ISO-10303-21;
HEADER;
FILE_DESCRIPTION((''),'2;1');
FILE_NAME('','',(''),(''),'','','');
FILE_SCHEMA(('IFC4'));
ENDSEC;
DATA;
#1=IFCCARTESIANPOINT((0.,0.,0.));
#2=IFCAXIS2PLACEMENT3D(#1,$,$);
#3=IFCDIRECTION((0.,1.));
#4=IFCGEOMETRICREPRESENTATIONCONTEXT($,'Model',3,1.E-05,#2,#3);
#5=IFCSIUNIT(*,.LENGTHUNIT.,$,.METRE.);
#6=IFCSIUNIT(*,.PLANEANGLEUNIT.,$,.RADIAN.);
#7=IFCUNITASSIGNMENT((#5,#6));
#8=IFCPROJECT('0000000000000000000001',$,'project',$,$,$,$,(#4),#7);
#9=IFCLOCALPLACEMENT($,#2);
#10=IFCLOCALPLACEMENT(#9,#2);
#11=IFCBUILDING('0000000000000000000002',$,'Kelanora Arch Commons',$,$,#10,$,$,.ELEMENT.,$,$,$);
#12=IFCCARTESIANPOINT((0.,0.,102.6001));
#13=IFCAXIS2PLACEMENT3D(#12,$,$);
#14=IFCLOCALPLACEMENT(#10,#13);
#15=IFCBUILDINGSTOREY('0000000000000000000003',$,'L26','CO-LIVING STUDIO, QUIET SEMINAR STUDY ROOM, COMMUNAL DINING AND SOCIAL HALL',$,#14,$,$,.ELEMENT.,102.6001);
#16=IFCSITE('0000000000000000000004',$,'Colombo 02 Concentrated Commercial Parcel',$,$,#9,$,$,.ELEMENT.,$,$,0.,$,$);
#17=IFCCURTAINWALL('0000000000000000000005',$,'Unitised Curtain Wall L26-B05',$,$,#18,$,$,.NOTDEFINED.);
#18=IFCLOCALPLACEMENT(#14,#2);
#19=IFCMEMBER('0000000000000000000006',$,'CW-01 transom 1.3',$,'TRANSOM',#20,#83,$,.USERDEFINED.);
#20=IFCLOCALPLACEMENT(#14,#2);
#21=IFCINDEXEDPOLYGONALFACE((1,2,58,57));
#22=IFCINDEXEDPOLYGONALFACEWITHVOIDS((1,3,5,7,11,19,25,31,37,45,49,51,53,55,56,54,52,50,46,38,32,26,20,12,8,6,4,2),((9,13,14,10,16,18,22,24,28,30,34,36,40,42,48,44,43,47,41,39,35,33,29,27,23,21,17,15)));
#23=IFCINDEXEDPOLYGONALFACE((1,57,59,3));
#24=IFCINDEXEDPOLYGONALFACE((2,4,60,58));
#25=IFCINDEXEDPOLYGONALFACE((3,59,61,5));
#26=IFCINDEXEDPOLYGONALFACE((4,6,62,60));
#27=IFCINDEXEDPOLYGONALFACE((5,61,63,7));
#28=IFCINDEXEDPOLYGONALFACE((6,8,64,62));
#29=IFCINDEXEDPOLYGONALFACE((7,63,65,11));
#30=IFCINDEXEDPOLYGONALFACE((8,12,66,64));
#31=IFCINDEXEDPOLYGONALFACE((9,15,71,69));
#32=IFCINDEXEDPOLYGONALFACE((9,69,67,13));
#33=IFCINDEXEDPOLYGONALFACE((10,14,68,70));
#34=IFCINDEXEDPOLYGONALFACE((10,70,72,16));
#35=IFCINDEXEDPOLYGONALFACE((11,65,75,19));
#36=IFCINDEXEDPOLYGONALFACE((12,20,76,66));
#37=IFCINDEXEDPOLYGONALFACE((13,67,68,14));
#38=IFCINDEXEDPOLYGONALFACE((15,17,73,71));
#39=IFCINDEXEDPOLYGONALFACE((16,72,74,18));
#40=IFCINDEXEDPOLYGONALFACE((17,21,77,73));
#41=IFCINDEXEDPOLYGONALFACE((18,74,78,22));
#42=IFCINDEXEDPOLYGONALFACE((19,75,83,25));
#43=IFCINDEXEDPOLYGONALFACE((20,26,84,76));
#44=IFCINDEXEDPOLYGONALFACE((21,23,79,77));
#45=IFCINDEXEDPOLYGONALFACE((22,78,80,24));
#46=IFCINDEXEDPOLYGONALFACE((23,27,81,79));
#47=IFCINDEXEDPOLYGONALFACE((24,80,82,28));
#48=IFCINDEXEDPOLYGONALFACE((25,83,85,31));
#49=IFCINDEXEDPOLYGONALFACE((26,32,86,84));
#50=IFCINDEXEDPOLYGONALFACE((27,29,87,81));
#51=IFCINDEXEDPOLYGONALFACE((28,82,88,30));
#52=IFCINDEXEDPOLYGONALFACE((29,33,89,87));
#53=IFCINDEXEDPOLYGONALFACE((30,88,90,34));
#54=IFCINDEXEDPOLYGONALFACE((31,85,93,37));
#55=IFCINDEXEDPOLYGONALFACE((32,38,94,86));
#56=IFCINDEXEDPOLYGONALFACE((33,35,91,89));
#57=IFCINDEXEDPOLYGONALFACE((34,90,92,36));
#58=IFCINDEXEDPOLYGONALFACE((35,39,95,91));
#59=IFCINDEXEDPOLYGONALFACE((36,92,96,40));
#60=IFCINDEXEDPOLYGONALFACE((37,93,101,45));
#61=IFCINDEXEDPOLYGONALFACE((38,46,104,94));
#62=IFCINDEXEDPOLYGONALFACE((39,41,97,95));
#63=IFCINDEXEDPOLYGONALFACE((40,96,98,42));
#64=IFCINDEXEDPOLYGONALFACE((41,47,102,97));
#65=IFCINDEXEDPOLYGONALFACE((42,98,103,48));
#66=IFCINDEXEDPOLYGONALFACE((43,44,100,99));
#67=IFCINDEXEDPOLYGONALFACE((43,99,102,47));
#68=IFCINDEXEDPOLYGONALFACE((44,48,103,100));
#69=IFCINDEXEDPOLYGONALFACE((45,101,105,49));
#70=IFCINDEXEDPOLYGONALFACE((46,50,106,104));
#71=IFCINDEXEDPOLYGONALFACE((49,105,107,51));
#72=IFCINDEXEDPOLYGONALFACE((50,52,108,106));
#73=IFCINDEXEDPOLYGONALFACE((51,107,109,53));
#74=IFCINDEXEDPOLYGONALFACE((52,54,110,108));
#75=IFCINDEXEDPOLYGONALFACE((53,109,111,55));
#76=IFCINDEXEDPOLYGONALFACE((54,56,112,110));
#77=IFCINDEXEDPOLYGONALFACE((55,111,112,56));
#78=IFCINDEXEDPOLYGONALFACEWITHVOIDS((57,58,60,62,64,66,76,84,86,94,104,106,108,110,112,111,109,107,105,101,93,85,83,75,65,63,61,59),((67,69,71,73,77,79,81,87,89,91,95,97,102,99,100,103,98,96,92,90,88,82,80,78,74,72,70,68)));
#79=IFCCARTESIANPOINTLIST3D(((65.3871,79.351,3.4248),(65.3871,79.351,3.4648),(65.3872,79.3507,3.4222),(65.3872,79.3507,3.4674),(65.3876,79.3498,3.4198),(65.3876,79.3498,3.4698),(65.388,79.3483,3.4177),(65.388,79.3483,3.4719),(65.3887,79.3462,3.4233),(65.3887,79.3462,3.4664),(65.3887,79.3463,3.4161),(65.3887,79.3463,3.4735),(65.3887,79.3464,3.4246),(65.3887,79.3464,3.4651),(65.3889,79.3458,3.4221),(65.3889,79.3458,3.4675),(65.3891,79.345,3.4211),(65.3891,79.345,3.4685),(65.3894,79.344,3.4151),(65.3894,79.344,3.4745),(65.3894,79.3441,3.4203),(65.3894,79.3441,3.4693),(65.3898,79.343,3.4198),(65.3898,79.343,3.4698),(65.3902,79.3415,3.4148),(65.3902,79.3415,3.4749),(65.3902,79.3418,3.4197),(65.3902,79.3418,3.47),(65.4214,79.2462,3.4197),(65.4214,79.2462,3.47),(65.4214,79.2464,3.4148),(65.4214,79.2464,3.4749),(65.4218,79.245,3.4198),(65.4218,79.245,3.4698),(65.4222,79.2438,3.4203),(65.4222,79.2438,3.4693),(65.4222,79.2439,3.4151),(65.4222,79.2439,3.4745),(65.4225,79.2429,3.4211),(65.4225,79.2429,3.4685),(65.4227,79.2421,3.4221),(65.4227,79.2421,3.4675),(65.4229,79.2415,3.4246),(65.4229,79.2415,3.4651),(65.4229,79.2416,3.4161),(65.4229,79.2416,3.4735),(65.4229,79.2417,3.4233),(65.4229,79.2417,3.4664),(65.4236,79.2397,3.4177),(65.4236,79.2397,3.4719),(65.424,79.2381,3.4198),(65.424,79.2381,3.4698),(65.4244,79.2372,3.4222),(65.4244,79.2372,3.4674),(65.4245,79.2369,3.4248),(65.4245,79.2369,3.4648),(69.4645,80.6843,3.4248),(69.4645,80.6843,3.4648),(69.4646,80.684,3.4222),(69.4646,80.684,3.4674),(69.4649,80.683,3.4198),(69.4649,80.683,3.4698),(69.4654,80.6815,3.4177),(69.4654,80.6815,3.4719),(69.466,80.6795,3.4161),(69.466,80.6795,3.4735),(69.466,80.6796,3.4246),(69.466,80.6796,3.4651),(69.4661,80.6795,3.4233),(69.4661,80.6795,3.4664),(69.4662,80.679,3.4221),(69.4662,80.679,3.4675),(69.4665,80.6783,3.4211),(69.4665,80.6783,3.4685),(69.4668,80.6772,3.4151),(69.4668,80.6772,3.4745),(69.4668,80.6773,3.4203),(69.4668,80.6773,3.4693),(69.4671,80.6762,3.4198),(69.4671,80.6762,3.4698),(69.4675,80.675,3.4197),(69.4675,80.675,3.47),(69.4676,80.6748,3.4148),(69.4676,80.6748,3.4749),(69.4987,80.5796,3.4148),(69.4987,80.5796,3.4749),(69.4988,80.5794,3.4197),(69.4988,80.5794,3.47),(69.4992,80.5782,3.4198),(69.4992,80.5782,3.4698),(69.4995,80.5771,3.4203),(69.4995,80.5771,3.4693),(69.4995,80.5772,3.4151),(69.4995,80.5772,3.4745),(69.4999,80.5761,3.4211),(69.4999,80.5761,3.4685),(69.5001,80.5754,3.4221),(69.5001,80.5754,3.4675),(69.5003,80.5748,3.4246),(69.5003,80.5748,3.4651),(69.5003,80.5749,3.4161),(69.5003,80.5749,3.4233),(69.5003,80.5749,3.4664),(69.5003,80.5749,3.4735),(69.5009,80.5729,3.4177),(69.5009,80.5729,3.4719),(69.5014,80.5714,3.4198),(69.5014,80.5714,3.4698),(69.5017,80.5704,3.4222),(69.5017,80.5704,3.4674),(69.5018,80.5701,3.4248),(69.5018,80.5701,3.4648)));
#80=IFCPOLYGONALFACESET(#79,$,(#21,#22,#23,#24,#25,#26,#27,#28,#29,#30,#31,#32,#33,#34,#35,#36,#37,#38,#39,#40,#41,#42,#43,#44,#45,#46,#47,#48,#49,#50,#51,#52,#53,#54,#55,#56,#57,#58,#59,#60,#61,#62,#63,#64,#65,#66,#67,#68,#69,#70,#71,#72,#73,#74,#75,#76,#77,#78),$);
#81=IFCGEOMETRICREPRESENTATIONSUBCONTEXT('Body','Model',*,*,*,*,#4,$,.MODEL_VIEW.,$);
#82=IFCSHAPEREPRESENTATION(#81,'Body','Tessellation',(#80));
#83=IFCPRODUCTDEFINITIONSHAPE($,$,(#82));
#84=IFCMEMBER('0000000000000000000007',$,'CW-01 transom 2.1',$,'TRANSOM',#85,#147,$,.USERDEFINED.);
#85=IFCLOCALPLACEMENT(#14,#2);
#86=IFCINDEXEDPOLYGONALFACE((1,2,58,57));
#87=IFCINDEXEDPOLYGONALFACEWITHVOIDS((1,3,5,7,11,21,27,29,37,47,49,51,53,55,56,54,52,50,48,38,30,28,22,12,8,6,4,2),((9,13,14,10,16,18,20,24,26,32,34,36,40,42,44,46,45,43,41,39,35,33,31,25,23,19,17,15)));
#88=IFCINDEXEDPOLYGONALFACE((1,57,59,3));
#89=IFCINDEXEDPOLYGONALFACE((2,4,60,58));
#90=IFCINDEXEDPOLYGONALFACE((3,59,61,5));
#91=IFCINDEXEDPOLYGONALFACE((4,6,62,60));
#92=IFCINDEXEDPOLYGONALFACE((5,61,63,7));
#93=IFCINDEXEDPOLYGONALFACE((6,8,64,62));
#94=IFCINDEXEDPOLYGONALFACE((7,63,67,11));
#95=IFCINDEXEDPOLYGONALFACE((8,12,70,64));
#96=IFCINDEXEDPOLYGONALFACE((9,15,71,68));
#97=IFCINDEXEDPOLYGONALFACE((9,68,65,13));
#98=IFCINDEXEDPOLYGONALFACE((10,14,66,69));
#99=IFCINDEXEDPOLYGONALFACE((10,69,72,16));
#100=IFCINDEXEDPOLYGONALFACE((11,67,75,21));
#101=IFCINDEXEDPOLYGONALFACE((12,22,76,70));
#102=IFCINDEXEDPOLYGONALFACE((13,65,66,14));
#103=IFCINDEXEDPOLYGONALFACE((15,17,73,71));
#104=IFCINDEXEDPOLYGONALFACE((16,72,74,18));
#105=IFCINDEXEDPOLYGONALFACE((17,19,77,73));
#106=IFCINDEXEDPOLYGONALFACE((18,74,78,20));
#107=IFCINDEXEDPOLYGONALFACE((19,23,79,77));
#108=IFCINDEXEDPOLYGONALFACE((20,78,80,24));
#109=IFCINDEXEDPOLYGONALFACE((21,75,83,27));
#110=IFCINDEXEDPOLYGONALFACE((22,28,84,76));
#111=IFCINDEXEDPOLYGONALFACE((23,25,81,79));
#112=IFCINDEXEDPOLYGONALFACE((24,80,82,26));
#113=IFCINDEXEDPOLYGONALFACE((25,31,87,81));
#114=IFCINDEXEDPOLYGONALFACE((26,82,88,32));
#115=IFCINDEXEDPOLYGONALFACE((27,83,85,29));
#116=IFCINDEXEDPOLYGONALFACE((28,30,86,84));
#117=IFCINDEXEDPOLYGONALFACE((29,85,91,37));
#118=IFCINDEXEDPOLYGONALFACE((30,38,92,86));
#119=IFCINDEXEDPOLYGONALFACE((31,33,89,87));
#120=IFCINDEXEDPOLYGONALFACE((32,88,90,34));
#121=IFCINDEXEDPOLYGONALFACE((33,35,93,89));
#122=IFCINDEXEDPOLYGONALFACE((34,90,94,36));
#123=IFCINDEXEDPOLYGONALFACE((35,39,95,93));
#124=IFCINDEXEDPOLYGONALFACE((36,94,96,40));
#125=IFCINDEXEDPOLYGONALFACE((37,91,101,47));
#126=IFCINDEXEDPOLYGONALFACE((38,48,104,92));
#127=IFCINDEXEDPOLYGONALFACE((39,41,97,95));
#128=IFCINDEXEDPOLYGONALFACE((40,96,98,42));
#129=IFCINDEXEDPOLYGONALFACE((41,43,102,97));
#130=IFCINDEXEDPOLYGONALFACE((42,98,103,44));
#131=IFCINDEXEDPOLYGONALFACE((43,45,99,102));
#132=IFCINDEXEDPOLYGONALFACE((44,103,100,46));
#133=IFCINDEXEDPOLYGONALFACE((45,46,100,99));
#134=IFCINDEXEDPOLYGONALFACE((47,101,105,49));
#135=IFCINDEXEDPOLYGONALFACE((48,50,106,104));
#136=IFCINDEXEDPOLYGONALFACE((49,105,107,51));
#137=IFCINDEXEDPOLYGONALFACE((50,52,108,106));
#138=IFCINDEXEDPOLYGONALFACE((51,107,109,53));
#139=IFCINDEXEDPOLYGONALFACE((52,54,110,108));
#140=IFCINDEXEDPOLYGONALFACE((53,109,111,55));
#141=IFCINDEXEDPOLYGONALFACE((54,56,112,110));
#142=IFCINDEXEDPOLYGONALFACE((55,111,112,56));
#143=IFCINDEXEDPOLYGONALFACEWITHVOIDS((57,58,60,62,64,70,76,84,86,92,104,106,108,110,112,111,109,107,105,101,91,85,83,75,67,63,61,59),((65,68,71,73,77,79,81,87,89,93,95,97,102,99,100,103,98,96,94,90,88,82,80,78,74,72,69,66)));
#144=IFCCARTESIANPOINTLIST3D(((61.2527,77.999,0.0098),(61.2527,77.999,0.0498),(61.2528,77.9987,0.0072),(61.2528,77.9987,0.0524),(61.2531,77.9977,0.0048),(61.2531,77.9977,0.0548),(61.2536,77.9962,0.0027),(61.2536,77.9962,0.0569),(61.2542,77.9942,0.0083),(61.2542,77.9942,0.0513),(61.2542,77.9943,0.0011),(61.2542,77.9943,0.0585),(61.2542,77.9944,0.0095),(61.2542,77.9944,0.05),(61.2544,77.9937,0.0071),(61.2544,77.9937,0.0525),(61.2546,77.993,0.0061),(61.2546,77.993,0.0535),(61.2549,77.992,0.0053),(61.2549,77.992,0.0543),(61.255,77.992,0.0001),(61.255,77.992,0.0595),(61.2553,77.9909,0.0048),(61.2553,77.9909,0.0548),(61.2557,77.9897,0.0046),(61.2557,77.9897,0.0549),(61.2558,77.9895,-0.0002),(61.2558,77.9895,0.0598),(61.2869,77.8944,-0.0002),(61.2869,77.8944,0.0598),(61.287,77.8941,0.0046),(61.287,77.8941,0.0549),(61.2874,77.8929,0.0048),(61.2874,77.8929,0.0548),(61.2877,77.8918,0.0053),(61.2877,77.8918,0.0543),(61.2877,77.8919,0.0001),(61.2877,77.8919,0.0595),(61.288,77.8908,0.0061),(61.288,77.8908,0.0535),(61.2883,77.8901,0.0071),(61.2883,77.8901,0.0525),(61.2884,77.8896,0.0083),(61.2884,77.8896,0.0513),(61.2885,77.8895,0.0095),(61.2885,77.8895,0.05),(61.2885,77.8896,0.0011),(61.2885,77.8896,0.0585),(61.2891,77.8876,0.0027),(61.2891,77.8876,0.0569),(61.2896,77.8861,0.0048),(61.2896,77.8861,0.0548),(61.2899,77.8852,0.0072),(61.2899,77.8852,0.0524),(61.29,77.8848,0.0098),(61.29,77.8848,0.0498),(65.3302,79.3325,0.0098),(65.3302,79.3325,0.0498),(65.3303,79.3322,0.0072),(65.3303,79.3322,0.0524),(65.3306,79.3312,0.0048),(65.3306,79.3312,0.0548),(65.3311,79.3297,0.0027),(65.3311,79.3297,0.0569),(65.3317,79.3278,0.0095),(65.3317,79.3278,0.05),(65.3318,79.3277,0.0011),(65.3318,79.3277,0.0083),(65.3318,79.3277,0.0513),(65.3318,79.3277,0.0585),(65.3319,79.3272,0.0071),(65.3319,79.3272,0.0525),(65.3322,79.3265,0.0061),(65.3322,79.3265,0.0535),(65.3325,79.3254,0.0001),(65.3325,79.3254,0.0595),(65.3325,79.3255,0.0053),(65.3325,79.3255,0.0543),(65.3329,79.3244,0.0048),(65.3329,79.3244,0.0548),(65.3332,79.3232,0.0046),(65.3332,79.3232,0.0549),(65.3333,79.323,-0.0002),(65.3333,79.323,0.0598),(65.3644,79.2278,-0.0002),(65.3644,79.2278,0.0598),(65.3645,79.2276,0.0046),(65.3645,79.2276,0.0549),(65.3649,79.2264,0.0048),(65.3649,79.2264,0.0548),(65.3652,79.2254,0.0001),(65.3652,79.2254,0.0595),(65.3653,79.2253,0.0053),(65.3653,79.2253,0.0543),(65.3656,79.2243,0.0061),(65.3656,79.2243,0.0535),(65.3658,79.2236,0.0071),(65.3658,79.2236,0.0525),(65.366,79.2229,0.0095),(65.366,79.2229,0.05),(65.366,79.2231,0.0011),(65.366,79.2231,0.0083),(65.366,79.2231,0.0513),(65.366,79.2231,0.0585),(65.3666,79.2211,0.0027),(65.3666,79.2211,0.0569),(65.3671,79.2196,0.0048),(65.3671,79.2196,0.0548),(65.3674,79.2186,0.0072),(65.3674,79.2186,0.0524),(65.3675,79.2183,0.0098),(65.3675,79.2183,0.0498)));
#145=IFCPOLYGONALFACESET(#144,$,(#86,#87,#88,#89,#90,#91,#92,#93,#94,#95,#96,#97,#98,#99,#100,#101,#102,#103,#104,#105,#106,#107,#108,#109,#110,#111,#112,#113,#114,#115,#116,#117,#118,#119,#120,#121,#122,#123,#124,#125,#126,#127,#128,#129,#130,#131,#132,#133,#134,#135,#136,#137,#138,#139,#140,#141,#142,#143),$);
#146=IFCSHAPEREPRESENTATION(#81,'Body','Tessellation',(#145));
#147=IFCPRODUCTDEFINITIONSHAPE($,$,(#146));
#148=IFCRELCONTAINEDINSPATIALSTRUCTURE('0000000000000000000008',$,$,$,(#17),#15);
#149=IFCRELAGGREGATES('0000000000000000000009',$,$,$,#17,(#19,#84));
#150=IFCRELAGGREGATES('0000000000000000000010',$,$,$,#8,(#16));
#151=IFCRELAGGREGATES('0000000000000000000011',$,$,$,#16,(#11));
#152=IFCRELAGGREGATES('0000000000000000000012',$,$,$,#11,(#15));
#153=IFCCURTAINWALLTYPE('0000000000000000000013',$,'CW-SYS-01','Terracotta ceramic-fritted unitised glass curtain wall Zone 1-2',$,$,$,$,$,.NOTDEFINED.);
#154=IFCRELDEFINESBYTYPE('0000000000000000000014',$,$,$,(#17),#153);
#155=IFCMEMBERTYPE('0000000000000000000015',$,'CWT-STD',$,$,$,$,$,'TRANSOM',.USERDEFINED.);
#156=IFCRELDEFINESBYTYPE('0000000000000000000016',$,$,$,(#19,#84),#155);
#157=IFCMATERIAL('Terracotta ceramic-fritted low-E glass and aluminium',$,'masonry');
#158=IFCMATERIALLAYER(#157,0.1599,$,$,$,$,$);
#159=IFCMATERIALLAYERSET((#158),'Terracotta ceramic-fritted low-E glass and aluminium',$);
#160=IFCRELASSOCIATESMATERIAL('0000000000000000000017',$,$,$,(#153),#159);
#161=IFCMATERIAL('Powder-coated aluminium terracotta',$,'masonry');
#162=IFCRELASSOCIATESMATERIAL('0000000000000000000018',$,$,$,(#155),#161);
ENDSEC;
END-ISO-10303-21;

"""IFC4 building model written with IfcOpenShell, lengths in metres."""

from ifc_helpers import new_model, si_unit, direction, frame, origin, origin_2d, place, context, subcontext, project, spatial, hollow_rectangle, extrude, material, layer, layer_set, material_profile, profile_set, type_object, element, aggregate, save


model = new_model("IFC4")

# Units and contexts
model_context = context("Model", 3, precision=1e-05, world=origin(), true_north=direction((0.0, 1.0)))
body_context = subcontext(model_context, "Body", "Model", "MODEL_VIEW")
ifc_project = project(units=[si_unit("LENGTHUNIT", "METRE"), si_unit("PLANEANGLEUNIT", "RADIAN")], contexts=[model_context])

# Site, building, storey
site_placement = place(None, origin())
site = spatial("IfcSite", under=ifc_project, at=site_placement, Name="Colombo 02 Concentrated Commercial Parcel", CompositionType="ELEMENT", RefElevation=0.0)
building_placement = place(site_placement, origin())
building = spatial("IfcBuilding", under=site, at=building_placement, Name="Kelanora Arch Commons", CompositionType="ELEMENT")
storey_placement = place(building_placement, frame((0.0, 0.0, 102.6001)))
storey = spatial("IfcBuildingStorey", under=building, at=storey_placement, Name="L26", Description="CO-LIVING STUDIO, QUIET SEMINAR STUDY ROOM, COMMUNAL DINING AND SOCIAL HALL", CompositionType="ELEMENT", Elevation=102.6001)

# Curtain wall, members
ifc_material_1 = material(Name="Terracotta ceramic-fritted low-E glass and aluminium", Category="masonry")
ifc_layer_1 = layer(ifc_material_1, 0.1599)
ifc_layer_set_1 = layer_set([ifc_layer_1], Name="Terracotta ceramic-fritted low-E glass and aluminium")
curtain_wall_type = type_object("IfcCurtainWallType", Name="CW-SYS-01", Description="Terracotta ceramic-fritted unitised glass curtain wall Zone 1-2", PredefinedType="NOTDEFINED", material=ifc_layer_set_1)
curtain_wall_placement = place(storey_placement, origin())
curtain_wall = element("IfcCurtainWall", 1, at=curtain_wall_placement, inside=storey, type_object=curtain_wall_type, Name="Unitised Curtain Wall L26-B05", PredefinedType="NOTDEFINED")
ifc_material_2 = material(Name="Powder-coated aluminium terracotta", Category="masonry")
ifc_material_profile_1 = material_profile(ifc_material_2, hollow_rectangle(XDim=0.1201, YDim=0.0601, WallThickness=0.0049, InnerFilletRadius=0.0049, OuterFilletRadius=0.01, at=origin_2d()), Name="CWT120x60")
ifc_profile_set_1 = profile_set([ifc_material_profile_1], Name="Powder-coated aluminium terracotta")
member_type_1 = type_object("IfcMemberType", Name="CWT-STD", ElementType="TRANSOM", PredefinedType="USERDEFINED", material=ifc_profile_set_1)
member_1_placement = place(storey_placement, frame((69.4832, 80.6272, 3.4448), z_axis=(-0.950478, -0.310793, 0.0), x_axis=(0.310793, -0.950478, 0.0)))
member_1 = element("IfcMember", 2, at=member_1_placement, type_object=member_type_1, Name="CW-01 transom 1.3", ObjectType="TRANSOM", PredefinedType="USERDEFINED", context=body_context, shape_type="SweptSolid", body=[
    extrude(hollow_rectangle(XDim=0.1201, YDim=0.0601, WallThickness=0.0049, InnerFilletRadius=0.0049, OuterFilletRadius=0.01, at=origin_2d()), origin(), (0.0, 0.0, 1.0), 4.2898),
])
member_2_placement = place(storey_placement, frame((65.3489, 79.2754, 0.0298), z_axis=(-0.950466, -0.310828, 0.0), x_axis=(0.310828, -0.950466, 0.0)))
member_2 = element("IfcMember", 3, at=member_2_placement, type_object=member_type_1, Name="CW-01 transom 2.1", ObjectType="TRANSOM", PredefinedType="USERDEFINED", context=body_context, shape_type="SweptSolid", body=[
    extrude(hollow_rectangle(XDim=0.1201, YDim=0.0601, WallThickness=0.0049, InnerFilletRadius=0.0049, OuterFilletRadius=0.01, at=origin_2d()), origin(), (0.0, 0.0, 1.0), 4.29),
])
aggregate(curtain_wall, [member_1, member_2])

save(model, "model.ifc")
